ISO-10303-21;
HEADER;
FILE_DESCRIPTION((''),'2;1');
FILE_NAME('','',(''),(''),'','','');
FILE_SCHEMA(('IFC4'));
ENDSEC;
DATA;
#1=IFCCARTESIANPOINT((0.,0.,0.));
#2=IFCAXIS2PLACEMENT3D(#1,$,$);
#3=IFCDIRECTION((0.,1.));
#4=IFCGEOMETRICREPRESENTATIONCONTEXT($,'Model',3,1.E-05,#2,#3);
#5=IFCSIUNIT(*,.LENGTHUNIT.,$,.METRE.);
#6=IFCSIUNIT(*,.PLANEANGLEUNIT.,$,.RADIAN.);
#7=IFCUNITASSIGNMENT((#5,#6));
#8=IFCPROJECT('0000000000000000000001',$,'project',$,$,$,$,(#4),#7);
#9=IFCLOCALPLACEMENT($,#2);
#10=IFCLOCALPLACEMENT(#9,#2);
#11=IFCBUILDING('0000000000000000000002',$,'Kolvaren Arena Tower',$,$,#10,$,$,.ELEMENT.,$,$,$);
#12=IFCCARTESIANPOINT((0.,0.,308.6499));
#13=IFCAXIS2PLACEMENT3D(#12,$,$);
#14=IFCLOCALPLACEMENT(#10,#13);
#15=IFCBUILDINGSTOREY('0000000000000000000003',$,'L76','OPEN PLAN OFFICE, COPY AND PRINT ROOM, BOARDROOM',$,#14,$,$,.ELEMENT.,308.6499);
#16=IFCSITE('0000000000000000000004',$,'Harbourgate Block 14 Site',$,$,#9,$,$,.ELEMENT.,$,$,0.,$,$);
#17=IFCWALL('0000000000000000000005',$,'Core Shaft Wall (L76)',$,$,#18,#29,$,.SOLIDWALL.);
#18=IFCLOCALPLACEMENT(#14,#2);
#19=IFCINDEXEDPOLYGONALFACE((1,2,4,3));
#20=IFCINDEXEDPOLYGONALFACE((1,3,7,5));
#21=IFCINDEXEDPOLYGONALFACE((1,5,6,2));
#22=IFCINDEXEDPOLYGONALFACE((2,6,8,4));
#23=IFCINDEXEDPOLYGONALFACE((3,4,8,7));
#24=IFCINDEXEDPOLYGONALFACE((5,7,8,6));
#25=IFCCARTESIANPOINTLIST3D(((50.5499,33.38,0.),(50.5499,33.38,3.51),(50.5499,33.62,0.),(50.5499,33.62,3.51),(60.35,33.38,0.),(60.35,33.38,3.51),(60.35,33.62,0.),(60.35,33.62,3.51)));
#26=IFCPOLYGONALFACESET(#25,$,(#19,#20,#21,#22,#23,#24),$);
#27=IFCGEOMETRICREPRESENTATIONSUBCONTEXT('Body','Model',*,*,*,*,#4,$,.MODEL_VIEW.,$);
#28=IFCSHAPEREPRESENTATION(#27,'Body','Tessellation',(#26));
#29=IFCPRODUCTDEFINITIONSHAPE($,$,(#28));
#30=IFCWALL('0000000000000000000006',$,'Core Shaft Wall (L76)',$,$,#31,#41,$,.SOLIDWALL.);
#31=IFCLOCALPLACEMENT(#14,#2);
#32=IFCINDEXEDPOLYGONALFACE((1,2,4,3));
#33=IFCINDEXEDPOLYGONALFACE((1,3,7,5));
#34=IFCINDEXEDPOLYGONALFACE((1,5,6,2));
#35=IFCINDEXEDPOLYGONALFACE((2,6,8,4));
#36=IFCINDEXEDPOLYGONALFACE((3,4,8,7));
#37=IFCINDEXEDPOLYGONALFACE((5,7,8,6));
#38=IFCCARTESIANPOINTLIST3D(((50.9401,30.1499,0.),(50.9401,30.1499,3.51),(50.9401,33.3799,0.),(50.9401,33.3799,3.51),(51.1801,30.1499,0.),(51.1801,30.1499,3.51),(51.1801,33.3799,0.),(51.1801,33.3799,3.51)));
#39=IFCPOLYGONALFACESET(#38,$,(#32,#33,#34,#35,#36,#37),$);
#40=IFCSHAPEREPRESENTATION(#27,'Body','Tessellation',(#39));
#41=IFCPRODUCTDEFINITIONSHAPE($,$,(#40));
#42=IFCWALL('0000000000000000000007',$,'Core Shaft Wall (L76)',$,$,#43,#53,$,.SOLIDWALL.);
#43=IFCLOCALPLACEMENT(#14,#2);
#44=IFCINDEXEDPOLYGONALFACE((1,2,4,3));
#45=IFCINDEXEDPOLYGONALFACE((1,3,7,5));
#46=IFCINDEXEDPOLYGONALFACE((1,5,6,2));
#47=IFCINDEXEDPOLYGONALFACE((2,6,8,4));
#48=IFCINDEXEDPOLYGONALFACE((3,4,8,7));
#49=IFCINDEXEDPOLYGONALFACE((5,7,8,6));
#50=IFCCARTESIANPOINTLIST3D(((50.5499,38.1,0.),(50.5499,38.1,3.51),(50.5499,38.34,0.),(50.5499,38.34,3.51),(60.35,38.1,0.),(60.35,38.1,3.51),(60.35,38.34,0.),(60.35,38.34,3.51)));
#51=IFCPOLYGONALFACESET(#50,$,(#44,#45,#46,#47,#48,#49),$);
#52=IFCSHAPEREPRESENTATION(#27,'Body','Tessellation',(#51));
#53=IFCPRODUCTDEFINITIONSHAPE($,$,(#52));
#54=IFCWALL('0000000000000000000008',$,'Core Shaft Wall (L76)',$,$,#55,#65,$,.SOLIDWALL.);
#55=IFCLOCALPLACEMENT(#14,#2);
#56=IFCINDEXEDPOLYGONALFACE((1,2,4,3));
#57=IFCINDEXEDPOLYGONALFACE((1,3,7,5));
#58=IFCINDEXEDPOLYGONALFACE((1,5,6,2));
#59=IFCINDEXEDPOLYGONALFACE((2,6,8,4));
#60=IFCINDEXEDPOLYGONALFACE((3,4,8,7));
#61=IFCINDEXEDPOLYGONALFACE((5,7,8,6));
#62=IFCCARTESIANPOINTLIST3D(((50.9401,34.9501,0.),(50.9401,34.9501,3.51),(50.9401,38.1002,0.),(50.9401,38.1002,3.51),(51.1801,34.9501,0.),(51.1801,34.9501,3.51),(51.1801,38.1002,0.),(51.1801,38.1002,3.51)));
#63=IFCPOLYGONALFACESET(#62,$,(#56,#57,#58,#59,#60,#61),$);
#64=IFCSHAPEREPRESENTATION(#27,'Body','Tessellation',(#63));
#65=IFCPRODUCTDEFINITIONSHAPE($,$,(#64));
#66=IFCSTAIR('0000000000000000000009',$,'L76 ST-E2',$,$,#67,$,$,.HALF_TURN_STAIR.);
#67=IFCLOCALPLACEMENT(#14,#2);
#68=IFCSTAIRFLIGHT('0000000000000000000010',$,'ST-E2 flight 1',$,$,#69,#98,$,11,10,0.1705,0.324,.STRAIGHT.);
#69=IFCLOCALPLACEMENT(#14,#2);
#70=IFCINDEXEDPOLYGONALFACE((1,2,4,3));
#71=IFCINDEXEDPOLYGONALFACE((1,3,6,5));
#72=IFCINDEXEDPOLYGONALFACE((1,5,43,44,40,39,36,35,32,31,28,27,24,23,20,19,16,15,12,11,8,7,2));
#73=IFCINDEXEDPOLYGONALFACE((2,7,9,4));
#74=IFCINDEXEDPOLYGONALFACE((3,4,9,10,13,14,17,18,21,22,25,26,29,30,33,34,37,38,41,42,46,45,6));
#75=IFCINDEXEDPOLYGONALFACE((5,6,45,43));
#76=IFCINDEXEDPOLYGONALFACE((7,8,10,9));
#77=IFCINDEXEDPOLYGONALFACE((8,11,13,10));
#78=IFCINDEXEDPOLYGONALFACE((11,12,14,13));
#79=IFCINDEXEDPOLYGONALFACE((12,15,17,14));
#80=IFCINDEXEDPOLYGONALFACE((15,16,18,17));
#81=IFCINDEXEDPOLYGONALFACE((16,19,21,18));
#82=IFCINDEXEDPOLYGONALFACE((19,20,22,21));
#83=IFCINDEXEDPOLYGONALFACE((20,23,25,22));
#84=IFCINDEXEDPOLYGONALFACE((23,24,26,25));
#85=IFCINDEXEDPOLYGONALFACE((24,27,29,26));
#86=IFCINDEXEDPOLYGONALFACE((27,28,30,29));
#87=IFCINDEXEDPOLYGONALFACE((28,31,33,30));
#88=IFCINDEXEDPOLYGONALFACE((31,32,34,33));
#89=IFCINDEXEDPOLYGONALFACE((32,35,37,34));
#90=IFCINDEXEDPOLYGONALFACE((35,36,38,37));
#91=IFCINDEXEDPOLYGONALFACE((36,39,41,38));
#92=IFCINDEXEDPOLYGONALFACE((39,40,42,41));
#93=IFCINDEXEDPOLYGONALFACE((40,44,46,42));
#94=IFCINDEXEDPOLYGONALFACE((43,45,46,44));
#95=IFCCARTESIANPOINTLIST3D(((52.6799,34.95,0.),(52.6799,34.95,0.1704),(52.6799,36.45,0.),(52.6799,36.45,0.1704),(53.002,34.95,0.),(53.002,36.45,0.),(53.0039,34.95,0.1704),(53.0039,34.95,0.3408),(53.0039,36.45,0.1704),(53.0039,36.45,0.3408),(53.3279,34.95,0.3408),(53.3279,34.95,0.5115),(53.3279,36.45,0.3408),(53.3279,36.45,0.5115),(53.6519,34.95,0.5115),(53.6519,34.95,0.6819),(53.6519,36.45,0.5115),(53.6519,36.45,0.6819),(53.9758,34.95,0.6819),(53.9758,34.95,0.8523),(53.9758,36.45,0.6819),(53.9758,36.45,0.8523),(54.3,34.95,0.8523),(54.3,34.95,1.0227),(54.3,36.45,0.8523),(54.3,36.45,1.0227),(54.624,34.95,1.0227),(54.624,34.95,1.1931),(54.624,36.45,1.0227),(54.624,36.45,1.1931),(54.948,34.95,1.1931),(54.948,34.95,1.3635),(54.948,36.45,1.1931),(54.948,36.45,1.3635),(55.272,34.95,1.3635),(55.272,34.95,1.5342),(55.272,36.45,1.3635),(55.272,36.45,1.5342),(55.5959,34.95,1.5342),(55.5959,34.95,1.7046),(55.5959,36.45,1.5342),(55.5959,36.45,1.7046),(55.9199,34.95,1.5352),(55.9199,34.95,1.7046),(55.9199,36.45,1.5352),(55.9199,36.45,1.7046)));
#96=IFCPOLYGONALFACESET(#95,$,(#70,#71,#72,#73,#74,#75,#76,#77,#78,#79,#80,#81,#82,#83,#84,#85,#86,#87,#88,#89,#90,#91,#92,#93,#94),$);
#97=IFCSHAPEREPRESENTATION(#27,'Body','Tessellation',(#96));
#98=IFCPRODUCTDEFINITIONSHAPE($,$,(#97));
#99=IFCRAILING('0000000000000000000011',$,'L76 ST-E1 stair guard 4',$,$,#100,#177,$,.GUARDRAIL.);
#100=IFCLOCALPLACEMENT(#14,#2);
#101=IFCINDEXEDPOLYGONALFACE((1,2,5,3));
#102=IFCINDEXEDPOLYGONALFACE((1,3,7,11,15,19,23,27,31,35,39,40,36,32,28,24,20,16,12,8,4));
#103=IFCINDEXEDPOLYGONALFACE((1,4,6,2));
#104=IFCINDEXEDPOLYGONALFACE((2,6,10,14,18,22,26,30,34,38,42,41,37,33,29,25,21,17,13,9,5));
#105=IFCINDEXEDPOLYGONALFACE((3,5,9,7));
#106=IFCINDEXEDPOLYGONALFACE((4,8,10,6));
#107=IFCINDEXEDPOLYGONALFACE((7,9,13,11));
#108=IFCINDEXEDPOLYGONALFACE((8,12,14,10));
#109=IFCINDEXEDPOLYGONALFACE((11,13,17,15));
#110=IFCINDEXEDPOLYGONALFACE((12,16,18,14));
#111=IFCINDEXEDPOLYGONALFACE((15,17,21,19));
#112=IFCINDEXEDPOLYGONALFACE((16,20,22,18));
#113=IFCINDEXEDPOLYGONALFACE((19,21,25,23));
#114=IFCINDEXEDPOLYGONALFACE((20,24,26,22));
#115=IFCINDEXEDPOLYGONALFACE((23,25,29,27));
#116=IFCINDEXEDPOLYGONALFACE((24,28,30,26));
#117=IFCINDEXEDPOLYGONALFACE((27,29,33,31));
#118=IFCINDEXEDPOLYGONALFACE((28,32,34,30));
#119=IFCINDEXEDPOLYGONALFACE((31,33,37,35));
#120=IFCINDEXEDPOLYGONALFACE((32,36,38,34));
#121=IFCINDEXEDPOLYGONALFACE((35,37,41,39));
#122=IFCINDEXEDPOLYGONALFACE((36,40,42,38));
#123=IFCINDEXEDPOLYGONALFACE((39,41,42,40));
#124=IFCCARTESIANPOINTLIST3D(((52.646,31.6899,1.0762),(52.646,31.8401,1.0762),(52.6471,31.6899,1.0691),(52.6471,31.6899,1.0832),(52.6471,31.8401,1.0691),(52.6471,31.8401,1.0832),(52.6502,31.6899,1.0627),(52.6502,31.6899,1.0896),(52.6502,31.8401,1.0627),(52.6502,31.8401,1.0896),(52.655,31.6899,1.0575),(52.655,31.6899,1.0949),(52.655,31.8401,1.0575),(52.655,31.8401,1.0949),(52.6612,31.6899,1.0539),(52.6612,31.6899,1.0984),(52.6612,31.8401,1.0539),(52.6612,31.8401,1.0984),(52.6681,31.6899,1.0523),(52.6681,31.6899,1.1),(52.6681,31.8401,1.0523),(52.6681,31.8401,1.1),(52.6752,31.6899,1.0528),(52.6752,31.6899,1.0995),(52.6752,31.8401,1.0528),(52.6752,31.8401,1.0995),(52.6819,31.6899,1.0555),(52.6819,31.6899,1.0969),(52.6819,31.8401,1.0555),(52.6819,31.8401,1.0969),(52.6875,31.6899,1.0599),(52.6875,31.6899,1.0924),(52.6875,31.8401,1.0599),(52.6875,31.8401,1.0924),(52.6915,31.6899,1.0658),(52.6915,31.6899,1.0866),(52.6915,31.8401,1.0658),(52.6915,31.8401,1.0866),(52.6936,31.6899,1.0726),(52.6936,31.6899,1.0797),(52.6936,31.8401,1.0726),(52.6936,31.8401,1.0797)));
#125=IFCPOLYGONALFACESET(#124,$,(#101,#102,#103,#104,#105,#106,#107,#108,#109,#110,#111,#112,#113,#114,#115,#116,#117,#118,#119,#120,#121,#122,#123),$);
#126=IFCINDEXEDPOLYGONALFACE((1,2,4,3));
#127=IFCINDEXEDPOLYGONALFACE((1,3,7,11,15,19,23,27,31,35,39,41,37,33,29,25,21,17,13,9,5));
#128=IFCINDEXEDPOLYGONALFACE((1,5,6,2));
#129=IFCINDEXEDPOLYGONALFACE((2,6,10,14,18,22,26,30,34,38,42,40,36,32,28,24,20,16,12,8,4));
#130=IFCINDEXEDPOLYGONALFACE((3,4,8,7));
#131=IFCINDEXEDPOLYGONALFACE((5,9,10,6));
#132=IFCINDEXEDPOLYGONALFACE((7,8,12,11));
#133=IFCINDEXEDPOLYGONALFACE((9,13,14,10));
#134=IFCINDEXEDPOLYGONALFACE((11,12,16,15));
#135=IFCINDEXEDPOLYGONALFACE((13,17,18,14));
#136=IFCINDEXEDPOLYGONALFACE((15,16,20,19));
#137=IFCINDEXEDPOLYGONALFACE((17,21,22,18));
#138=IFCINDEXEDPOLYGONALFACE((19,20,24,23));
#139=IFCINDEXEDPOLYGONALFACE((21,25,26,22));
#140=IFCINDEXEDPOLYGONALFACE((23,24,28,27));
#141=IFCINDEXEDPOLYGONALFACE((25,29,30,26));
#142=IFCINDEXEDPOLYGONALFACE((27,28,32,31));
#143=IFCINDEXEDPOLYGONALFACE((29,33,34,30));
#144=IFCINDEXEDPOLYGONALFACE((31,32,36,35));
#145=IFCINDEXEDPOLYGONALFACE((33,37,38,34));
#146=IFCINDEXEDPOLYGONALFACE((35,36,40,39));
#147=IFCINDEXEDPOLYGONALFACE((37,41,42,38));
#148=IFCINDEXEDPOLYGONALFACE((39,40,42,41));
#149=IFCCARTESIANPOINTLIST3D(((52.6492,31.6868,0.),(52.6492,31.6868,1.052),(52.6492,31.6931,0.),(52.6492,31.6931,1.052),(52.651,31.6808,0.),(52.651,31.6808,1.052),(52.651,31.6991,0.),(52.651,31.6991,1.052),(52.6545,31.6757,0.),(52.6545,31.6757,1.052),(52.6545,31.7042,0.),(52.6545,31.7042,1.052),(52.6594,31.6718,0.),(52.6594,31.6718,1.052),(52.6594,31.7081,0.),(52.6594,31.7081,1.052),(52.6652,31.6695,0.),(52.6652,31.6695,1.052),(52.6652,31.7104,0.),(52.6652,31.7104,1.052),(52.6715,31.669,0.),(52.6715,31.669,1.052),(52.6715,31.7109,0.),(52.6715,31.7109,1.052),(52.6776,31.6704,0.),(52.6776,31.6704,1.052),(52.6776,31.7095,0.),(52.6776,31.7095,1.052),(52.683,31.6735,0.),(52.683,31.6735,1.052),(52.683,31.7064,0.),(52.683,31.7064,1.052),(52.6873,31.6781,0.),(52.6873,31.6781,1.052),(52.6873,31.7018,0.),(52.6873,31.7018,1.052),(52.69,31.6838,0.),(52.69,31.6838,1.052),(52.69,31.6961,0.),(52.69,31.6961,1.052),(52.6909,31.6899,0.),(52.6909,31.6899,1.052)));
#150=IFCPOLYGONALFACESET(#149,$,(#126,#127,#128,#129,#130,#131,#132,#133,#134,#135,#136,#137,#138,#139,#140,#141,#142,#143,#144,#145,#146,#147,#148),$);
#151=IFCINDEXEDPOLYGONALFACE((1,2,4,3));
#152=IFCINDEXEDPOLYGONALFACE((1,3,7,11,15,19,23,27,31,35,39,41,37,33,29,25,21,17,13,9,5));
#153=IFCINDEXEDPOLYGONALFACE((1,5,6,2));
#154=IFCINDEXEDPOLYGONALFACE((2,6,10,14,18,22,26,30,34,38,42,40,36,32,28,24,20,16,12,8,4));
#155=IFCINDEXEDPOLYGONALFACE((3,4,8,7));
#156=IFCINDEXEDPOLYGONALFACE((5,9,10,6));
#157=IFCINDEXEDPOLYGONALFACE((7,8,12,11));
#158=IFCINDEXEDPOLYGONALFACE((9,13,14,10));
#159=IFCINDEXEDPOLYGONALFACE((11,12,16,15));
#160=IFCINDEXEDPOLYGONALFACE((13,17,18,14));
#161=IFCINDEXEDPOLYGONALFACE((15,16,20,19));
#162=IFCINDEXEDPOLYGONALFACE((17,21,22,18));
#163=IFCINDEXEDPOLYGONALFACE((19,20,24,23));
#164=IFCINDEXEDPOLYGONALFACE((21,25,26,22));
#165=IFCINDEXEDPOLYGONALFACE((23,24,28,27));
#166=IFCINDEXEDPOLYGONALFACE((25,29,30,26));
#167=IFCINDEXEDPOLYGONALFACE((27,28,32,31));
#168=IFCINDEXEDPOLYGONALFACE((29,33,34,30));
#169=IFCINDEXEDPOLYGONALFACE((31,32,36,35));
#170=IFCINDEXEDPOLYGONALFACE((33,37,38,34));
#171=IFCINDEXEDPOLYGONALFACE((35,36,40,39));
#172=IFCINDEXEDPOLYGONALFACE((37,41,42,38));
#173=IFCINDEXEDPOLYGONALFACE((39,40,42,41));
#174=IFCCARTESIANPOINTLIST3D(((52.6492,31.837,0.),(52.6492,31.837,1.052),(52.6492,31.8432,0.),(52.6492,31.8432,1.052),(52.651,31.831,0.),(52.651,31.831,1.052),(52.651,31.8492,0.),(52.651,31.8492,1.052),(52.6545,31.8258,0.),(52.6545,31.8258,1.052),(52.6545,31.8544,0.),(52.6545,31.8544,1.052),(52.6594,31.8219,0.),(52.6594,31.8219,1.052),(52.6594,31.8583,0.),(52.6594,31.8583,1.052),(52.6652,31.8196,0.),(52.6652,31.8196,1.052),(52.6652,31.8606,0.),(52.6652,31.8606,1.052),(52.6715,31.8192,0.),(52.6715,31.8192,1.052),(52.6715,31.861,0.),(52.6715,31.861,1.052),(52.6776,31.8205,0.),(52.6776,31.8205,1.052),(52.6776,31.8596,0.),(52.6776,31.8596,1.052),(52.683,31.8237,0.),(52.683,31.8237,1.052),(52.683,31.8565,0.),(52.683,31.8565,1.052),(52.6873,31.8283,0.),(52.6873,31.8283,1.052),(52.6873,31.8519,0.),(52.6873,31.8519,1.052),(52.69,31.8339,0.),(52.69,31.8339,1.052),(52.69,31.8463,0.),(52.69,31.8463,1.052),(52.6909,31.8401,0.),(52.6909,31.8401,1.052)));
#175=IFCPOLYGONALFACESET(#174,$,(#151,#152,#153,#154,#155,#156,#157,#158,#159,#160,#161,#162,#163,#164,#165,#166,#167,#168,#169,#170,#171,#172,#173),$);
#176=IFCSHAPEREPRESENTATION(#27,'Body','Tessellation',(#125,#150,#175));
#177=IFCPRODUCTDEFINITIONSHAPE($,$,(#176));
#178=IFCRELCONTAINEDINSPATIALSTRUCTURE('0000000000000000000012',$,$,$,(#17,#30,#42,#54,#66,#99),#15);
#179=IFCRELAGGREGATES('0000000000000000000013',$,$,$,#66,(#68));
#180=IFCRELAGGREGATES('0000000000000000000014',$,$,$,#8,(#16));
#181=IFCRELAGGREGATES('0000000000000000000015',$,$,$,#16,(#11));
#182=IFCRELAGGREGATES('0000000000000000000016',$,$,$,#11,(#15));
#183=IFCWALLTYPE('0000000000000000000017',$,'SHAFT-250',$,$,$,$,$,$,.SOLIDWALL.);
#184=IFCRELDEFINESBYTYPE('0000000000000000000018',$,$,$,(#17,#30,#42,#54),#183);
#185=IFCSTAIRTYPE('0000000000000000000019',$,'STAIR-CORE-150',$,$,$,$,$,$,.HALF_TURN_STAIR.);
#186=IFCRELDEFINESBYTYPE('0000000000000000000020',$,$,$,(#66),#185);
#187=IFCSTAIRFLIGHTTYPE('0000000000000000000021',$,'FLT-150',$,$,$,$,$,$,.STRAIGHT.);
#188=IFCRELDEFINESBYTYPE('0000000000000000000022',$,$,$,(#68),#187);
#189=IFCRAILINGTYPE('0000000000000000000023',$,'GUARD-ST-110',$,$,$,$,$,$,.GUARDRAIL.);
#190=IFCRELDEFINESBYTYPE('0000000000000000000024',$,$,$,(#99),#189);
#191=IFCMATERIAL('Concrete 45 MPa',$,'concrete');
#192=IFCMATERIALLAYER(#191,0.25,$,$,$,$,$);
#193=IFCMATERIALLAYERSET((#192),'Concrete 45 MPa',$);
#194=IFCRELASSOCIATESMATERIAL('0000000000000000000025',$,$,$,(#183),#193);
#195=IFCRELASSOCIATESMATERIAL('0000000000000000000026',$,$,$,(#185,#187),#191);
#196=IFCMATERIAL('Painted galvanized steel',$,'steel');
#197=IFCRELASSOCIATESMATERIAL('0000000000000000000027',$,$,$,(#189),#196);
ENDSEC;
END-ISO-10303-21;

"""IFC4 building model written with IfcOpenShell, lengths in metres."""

from ifc_helpers import new_model, si_unit, direction, frame, frame_2d, origin, origin_2d, place, context, subcontext, project, spatial, polyline, rectangle, circle, outline, extrude, material, layer, layer_set, type_object, element, aggregate, save


model = new_model("IFC4")

# Units and contexts
model_context = context("Model", 3, precision=1e-05, world=origin(), true_north=direction((0.0, 1.0)))
body_context = subcontext(model_context, "Body", "Model", "MODEL_VIEW")
ifc_project = project(units=[si_unit("LENGTHUNIT", "METRE"), si_unit("PLANEANGLEUNIT", "RADIAN")], contexts=[model_context])

# Site, building, storey
site_placement = place(None, origin())
site = spatial("IfcSite", under=ifc_project, at=site_placement, Name="Harbourgate Block 14 Site", CompositionType="ELEMENT", RefElevation=0.0)
building_placement = place(site_placement, origin())
building = spatial("IfcBuilding", under=site, at=building_placement, Name="Kolvaren Arena Tower", CompositionType="ELEMENT")
storey_placement = place(building_placement, frame((0.0, 0.0, 308.6499)))
storey = spatial("IfcBuildingStorey", under=building, at=storey_placement, Name="L76", Description="OPEN PLAN OFFICE, COPY AND PRINT ROOM, BOARDROOM", CompositionType="ELEMENT", Elevation=308.6499)

# Walls
ifc_material_1 = material(Name="Concrete 45 MPa", Category="concrete")
ifc_layer_1 = layer(ifc_material_1, 0.25)
ifc_layer_set_1 = layer_set([ifc_layer_1], Name="Concrete 45 MPa")
wall_type_1 = type_object("IfcWallType", Name="SHAFT-250", PredefinedType="SOLIDWALL", material=ifc_layer_set_1)
wall_1_placement = place(storey_placement, frame((50.55, 33.5, 0.0), z_axis=(0.0, 0.0, 1.0), x_axis=(1.0, 0.0, 0.0)))
element("IfcWall", 1, at=wall_1_placement, inside=storey, type_object=wall_type_1, Name="Core Shaft Wall (L76)", PredefinedType="SOLIDWALL", context=body_context, shape_type="SweptSolid", body=[
    extrude(rectangle(XDim=9.8, YDim=0.24, at=frame_2d((4.8999, 0.0))), origin(), (0.0, 0.0, 1.0), 3.51),
])
wall_2_placement = place(storey_placement, frame((51.0601, 30.1499, 0.0), z_axis=(0.0, 0.0, 1.0), x_axis=(0.0, 1.0, 0.0)))
element("IfcWall", 2, at=wall_2_placement, inside=storey, type_object=wall_type_1, Name="Core Shaft Wall (L76)", PredefinedType="SOLIDWALL", context=body_context, shape_type="SweptSolid", body=[
    extrude(rectangle(XDim=3.23, YDim=0.24, at=frame_2d((1.615, 0.0))), origin(), (0.0, 0.0, 1.0), 3.51),
])
wall_3_placement = place(storey_placement, frame((50.55, 38.22, 0.0), z_axis=(0.0, 0.0, 1.0), x_axis=(1.0, 0.0, 0.0)))
element("IfcWall", 3, at=wall_3_placement, inside=storey, type_object=wall_type_1, Name="Core Shaft Wall (L76)", PredefinedType="SOLIDWALL", context=body_context, shape_type="SweptSolid", body=[
    extrude(rectangle(XDim=9.8, YDim=0.24, at=frame_2d((4.8999, 0.0))), origin(), (0.0, 0.0, 1.0), 3.51),
])
wall_4_placement = place(storey_placement, frame((51.0601, 34.95, 0.0), z_axis=(0.0, 0.0, 1.0), x_axis=(0.0, 1.0, 0.0)))
element("IfcWall", 4, at=wall_4_placement, inside=storey, type_object=wall_type_1, Name="Core Shaft Wall (L76)", PredefinedType="SOLIDWALL", context=body_context, shape_type="SweptSolid", body=[
    extrude(rectangle(XDim=3.1501, YDim=0.24, at=frame_2d((1.5752, 0.0))), origin(), (0.0, 0.0, 1.0), 3.51),
])

# Stair, stair flight
stair_type = type_object("IfcStairType", Name="STAIR-CORE-150", PredefinedType="HALF_TURN_STAIR", material=ifc_material_1)
stair_placement = place(storey_placement, origin())
stair = element("IfcStair", 5, at=stair_placement, inside=storey, type_object=stair_type, Name="L76 ST-E2", PredefinedType="HALF_TURN_STAIR")
stair_flight_type = type_object("IfcStairFlightType", Name="FLT-150", PredefinedType="STRAIGHT", material=ifc_material_1)
stair_flight_placement = place(storey_placement, frame((52.6799, 35.7, 0.0), z_axis=(0.0, 0.0, 1.0), x_axis=(1.0, 0.0, 0.0)))
stair_flight = element("IfcStairFlight", 6, at=stair_flight_placement, type_object=stair_flight_type, Name="ST-E2 flight 1", NumberOfRisers=11, NumberOfTreads=10, PredefinedType="STRAIGHT", RiserHeight=0.1705, TreadLength=0.324, context=body_context, shape_type="SweptSolid", body=[
    extrude(outline(polyline([(0.0, 0.0), (0.0, 0.1704), (0.324, 0.1704), (0.324, 0.3408), (0.6479, 0.3408), (0.6479, 0.5115), (0.9719, 0.5115), (0.9719, 0.6819), (1.2959, 0.6819), (1.2959, 0.8523), (1.6201, 0.8523), (1.6201, 1.0227), (1.9441, 1.0227), (1.9441, 1.1931), (2.2681, 1.1931), (2.2681, 1.3635), (2.592, 1.3635), (2.592, 1.5342), (2.916, 1.5342), (2.916, 1.7046), (3.24, 1.7046), (3.24, 1.875), (3.24, 1.5352), (0.322, 0.0), (0.0, 0.0)])), frame((0.0, 0.75, 0.0), z_axis=(0.0, -1.0, 0.0), x_axis=(1.0, 0.0, 0.0)), (0.0, 0.0, 1.0), 1.5),
])
aggregate(stair, [stair_flight])

# Railing
ifc_material_2 = material(Name="Painted galvanized steel", Category="steel")
railing_type_1 = type_object("IfcRailingType", Name="GUARD-ST-110", PredefinedType="GUARDRAIL", material=ifc_material_2)
railing_1_placement = place(storey_placement, frame((52.6699, 31.6899, 0.0)))
element("IfcRailing", 7, at=railing_1_placement, inside=storey, type_object=railing_type_1, Name="L76 ST-E1 stair guard 4", PredefinedType="GUARDRAIL", context=body_context, shape_type="SweptSolid", body=[
    extrude(circle(Radius=0.0239, at=origin_2d()), frame((0.0, 0.0, 1.0762), z_axis=(0.0, 1.0, 0.0), x_axis=(-1.0, 0.0, 0.0)), (0.0, 0.0, 1.0), 0.1501),
    extrude(circle(Radius=0.021, at=origin_2d()), origin(), (0.0, 0.0, 1.0), 1.052),
    extrude(circle(Radius=0.021, at=origin_2d()), frame((0.0, 0.1501, 0.0)), (0.0, 0.0, 1.0), 1.052),
])

save(model, "model.ifc")
